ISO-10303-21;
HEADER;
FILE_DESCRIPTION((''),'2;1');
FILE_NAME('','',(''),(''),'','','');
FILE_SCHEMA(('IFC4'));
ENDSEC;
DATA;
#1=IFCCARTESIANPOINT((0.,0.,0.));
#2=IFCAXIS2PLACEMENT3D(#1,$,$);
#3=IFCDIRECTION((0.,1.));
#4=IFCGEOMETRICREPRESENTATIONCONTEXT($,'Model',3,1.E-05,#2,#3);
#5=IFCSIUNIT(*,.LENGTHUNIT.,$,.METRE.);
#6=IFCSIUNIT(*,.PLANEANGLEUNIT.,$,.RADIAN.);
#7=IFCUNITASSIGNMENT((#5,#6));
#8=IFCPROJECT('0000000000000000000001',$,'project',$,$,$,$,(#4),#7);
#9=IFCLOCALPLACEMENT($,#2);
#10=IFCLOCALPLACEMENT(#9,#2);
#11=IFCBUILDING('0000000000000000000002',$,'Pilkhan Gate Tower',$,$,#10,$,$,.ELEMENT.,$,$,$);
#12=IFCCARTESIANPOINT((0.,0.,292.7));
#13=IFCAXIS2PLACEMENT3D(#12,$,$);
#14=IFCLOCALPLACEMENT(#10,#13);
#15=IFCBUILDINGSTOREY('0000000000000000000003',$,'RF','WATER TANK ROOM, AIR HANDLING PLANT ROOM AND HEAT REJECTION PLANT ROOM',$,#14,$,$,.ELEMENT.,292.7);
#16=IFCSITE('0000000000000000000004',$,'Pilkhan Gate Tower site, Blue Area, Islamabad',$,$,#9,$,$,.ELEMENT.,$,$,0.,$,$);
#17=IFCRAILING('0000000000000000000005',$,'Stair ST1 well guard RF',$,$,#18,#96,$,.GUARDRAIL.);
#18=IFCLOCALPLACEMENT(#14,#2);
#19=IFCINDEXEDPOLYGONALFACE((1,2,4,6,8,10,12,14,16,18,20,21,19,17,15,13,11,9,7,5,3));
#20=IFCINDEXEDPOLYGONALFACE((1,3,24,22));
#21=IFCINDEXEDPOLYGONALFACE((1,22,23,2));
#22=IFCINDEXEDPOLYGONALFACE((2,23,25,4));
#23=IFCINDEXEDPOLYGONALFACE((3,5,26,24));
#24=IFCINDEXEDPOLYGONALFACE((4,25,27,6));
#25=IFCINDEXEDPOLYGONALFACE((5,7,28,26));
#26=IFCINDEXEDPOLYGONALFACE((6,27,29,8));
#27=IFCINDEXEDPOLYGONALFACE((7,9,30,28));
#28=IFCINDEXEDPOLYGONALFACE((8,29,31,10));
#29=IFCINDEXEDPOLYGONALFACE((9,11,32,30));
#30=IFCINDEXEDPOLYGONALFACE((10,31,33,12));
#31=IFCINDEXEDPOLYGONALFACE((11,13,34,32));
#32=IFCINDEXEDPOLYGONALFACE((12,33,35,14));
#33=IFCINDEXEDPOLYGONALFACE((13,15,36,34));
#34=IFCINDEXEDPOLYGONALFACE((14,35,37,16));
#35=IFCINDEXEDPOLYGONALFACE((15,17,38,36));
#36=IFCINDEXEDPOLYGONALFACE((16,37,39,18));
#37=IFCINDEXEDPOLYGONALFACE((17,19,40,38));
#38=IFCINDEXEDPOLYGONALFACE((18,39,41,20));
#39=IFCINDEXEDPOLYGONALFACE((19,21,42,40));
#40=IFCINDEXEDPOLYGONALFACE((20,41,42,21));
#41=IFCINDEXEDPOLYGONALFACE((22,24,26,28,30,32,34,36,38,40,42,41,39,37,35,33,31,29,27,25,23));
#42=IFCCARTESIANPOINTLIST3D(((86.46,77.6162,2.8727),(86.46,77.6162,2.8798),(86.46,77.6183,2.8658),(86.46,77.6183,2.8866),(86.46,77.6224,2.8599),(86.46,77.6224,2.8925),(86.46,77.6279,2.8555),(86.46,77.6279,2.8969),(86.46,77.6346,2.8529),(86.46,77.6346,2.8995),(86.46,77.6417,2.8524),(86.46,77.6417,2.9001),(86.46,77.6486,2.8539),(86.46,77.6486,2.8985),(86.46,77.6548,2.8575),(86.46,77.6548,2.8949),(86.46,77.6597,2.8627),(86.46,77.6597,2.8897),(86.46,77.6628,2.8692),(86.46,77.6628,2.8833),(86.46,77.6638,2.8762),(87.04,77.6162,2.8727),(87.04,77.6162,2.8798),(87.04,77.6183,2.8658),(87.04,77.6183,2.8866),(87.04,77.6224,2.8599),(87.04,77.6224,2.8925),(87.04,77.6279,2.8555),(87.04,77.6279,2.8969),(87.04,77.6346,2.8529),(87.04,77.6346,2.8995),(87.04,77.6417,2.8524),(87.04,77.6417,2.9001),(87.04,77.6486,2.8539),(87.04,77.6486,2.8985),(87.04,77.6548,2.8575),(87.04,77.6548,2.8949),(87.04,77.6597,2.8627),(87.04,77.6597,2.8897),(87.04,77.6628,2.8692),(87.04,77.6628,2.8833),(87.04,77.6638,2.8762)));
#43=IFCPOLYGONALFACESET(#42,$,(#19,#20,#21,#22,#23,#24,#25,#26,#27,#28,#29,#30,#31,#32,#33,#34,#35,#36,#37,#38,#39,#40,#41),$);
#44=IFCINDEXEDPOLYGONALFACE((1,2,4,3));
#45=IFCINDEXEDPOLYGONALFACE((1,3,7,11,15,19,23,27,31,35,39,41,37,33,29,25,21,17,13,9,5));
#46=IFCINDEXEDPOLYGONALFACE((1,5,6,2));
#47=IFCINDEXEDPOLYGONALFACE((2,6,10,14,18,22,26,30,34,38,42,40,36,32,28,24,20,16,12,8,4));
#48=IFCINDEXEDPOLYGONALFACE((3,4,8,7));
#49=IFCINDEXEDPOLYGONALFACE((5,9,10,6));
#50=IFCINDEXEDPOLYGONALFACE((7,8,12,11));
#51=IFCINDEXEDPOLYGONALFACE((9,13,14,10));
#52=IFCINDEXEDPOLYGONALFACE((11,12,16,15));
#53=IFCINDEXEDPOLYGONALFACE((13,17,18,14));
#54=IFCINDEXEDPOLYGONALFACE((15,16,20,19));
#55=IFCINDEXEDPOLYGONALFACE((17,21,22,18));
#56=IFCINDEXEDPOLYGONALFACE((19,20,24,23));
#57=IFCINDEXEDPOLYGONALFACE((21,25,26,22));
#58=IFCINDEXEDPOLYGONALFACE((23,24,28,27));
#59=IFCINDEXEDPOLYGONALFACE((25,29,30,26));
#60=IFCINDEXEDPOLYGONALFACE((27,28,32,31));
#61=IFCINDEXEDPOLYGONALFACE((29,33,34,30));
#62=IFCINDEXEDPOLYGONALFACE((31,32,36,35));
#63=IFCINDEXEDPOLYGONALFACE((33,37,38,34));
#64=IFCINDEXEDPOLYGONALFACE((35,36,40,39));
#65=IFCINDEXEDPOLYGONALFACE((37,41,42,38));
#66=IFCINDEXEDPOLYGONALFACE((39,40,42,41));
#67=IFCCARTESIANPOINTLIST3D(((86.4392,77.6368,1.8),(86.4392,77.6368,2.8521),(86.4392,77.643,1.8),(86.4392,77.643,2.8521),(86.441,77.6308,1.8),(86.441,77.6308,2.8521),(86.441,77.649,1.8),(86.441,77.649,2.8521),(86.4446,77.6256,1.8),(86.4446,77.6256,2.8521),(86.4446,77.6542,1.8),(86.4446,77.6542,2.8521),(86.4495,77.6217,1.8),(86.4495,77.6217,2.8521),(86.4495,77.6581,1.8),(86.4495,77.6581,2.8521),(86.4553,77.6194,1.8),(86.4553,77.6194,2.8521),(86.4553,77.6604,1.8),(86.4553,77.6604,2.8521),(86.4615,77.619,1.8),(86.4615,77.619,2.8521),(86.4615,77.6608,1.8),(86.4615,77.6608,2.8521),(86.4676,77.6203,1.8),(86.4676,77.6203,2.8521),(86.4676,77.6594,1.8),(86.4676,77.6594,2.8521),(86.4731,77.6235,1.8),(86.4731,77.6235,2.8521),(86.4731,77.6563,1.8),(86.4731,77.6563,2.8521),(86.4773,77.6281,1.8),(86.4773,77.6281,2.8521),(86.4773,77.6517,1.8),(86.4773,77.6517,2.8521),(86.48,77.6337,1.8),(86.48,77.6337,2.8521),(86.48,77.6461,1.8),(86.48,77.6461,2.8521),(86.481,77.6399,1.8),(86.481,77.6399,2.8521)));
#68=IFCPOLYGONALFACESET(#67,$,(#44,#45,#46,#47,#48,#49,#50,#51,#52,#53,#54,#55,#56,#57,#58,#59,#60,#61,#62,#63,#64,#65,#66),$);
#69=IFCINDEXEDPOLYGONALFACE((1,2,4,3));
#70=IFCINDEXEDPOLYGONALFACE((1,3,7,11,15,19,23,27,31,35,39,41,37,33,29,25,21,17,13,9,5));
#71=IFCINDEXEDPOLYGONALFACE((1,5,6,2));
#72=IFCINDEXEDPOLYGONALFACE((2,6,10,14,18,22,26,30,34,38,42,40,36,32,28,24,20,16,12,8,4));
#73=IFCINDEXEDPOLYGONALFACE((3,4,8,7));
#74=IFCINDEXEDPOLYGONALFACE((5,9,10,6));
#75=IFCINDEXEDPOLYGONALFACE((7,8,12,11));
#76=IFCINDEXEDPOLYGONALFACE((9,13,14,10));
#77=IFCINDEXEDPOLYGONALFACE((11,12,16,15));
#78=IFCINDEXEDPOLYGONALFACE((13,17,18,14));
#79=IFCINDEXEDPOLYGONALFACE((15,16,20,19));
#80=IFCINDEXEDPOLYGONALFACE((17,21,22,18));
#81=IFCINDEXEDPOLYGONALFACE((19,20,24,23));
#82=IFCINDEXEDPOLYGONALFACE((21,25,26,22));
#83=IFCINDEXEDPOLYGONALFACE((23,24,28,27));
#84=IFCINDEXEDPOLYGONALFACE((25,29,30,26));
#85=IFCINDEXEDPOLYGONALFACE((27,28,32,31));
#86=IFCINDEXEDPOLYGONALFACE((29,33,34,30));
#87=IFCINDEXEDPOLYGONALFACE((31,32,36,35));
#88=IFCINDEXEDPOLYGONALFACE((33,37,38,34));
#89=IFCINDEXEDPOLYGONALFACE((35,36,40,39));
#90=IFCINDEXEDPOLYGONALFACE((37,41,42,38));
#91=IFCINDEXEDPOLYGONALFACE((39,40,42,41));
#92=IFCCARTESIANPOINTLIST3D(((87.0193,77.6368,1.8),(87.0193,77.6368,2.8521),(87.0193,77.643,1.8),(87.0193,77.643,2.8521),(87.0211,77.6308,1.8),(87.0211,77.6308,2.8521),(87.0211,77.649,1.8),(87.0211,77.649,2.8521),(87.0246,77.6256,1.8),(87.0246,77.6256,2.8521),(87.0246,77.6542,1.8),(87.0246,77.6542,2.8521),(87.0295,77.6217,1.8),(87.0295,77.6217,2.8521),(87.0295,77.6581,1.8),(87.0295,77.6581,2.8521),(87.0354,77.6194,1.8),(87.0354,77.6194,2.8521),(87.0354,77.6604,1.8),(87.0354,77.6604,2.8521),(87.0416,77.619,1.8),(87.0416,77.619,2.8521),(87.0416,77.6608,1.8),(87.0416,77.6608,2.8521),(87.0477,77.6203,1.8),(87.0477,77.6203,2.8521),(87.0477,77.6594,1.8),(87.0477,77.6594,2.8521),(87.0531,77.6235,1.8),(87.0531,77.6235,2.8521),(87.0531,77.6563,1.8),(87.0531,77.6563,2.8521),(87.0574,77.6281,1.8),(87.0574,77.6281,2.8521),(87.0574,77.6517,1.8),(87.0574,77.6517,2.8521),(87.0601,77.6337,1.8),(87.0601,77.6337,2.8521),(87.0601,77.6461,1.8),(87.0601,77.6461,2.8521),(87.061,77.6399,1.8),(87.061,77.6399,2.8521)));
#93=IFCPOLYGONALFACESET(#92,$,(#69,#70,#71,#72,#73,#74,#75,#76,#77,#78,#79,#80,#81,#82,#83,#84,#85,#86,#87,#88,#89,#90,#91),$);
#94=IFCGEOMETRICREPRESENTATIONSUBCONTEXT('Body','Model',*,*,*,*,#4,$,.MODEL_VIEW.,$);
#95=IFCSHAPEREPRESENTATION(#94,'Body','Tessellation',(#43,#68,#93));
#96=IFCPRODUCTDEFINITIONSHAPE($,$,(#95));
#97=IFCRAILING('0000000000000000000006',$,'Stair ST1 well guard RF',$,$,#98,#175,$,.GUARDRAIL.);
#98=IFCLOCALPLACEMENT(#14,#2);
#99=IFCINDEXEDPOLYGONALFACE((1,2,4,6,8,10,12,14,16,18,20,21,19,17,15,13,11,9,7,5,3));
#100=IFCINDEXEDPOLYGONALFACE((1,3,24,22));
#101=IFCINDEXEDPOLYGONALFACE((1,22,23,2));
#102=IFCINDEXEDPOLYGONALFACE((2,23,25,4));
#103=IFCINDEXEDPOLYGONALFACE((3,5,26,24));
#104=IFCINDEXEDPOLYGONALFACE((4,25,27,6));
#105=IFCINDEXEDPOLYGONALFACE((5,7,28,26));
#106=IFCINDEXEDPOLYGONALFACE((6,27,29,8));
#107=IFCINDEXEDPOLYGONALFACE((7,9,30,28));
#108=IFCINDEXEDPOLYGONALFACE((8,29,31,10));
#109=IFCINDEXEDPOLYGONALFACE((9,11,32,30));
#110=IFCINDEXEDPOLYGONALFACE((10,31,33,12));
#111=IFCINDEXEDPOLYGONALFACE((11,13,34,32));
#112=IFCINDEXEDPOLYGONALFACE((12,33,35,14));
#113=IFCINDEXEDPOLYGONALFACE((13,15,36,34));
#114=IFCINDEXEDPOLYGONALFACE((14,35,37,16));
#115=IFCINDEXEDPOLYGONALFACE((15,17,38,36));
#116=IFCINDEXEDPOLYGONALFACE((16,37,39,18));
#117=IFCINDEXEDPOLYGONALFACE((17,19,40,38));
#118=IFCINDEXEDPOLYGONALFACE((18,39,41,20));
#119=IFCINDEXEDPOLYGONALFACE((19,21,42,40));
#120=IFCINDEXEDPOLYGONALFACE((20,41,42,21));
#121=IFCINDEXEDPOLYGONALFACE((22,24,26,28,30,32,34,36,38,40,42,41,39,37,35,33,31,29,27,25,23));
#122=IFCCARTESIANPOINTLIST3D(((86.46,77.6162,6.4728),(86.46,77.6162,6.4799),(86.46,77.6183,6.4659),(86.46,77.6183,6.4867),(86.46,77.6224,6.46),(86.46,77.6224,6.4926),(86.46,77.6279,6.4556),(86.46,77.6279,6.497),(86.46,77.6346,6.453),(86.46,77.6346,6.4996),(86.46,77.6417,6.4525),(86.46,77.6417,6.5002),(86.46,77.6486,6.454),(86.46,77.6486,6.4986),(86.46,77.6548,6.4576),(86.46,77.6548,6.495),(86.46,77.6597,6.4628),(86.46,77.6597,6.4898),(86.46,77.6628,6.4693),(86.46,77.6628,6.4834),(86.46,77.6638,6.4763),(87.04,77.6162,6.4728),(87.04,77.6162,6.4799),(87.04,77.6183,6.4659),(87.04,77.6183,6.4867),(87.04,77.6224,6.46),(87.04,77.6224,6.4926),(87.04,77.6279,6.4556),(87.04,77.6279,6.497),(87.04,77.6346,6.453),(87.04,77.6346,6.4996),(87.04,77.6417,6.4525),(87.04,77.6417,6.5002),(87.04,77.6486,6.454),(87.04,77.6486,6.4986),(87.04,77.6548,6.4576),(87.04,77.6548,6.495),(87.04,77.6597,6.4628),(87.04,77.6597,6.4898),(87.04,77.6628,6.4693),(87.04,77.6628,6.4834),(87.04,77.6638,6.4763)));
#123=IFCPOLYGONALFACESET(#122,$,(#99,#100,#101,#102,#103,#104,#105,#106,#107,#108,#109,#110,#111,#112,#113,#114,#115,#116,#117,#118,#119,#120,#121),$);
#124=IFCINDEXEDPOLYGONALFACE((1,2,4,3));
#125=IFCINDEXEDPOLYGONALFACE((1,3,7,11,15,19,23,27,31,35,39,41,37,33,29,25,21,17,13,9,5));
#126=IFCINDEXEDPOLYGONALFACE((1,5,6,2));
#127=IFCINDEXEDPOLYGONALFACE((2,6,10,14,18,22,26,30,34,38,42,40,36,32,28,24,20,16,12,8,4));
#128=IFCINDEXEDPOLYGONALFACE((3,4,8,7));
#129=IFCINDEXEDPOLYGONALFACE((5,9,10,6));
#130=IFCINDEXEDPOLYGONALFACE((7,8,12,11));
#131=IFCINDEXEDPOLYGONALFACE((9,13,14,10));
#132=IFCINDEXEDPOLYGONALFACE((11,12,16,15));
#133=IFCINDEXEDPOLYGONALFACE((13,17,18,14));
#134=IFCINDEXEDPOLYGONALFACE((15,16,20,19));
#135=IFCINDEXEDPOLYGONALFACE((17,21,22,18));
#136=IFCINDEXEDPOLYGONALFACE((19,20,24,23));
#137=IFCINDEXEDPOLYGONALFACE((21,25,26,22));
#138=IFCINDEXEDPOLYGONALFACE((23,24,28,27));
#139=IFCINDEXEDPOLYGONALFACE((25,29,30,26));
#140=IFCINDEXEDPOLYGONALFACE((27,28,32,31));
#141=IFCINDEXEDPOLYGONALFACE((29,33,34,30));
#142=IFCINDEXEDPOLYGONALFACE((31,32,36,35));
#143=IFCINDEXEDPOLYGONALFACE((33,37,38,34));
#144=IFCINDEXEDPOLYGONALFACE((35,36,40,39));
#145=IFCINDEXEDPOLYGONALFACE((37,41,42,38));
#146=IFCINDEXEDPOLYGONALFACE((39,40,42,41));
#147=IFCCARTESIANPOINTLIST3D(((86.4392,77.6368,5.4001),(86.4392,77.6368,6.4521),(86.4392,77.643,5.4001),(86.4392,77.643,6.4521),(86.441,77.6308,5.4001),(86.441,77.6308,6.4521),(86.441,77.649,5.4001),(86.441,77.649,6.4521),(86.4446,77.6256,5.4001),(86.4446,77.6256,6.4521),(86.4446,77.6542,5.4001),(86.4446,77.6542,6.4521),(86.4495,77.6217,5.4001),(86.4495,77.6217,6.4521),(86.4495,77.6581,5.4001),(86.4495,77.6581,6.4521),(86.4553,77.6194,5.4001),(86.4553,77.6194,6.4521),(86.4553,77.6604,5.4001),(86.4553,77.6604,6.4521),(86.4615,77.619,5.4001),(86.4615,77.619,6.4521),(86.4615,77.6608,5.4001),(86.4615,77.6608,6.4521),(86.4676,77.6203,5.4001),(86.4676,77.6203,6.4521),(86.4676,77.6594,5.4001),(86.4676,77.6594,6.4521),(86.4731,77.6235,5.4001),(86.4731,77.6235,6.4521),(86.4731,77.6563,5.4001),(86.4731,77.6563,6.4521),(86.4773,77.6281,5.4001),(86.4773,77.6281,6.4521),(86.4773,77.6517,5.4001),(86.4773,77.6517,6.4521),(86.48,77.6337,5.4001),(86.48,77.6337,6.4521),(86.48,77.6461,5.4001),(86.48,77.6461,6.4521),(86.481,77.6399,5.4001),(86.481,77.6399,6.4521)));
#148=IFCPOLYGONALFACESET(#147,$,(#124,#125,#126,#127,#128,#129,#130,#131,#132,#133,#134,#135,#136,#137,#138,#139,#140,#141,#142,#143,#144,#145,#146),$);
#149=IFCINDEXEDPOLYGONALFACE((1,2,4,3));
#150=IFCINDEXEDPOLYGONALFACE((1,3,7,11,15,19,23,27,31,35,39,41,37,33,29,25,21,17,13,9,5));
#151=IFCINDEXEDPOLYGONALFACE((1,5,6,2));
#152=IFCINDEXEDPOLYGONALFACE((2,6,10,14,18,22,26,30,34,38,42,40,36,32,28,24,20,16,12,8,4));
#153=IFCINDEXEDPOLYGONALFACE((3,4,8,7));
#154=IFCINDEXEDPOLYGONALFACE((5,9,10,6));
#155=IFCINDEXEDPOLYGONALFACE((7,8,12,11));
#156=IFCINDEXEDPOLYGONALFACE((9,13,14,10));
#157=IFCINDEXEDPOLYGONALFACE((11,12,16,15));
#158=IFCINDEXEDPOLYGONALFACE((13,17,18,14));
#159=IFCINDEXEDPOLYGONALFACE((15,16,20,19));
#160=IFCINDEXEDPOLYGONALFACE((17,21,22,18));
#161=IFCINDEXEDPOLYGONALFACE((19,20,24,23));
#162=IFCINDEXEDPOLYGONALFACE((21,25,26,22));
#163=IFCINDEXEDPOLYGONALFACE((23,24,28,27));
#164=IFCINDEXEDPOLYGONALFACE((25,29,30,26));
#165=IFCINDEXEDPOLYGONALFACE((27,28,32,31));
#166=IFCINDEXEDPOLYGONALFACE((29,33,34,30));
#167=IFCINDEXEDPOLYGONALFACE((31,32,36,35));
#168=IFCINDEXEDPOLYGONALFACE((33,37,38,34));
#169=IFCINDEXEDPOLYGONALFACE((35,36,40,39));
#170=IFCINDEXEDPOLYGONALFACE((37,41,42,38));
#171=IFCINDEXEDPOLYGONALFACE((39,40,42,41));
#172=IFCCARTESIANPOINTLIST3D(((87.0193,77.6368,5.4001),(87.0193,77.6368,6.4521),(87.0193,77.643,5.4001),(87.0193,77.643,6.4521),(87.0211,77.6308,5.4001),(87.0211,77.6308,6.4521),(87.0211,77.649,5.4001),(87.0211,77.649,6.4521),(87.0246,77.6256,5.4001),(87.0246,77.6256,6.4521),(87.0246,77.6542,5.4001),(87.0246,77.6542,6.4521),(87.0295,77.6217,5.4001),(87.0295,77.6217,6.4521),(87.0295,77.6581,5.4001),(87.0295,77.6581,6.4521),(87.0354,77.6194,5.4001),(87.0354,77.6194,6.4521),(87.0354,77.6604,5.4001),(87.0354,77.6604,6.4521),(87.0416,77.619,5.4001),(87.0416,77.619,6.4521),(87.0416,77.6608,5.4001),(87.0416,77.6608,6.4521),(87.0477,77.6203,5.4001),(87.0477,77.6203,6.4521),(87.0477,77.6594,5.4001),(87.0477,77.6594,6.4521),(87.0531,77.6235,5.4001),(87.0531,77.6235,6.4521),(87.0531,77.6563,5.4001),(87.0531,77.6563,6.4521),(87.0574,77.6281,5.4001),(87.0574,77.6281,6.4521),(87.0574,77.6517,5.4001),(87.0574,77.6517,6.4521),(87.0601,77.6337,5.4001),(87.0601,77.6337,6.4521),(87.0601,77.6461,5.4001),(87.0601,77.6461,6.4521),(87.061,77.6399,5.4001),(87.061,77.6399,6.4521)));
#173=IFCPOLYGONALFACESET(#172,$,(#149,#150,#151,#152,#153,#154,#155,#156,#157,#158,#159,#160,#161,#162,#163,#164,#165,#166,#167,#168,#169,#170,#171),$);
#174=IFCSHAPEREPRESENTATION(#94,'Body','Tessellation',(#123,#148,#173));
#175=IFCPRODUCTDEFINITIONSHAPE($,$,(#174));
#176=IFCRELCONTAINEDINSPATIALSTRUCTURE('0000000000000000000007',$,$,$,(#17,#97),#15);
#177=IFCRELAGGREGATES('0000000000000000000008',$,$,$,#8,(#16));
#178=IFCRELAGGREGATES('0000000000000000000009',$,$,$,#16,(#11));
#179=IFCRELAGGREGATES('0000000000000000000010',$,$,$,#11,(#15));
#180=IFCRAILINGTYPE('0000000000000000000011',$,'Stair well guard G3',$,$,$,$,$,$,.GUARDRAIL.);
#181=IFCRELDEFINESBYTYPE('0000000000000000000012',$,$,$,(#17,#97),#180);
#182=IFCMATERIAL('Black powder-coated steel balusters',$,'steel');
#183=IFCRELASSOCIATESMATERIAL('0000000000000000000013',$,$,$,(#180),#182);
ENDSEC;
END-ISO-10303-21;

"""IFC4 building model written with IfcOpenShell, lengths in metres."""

from ifc_helpers import new_model, si_unit, direction, frame, origin, origin_2d, place, context, subcontext, project, spatial, circle, extrude, material, type_object, element, save


model = new_model("IFC4")

# Units and contexts
model_context = context("Model", 3, precision=1e-05, world=origin(), true_north=direction((0.0, 1.0)))
body_context = subcontext(model_context, "Body", "Model", "MODEL_VIEW")
ifc_project = project(units=[si_unit("LENGTHUNIT", "METRE"), si_unit("PLANEANGLEUNIT", "RADIAN")], contexts=[model_context])

# Site, building, storey
site_placement = place(None, origin())
site = spatial("IfcSite", under=ifc_project, at=site_placement, Name="Pilkhan Gate Tower site, Blue Area, Islamabad", CompositionType="ELEMENT", RefElevation=0.0)
building_placement = place(site_placement, origin())
building = spatial("IfcBuilding", under=site, at=building_placement, Name="Pilkhan Gate Tower", CompositionType="ELEMENT")
storey_placement = place(building_placement, frame((0.0, 0.0, 292.7)))
storey = spatial("IfcBuildingStorey", under=building, at=storey_placement, Name="RF", Description="WATER TANK ROOM, AIR HANDLING PLANT ROOM AND HEAT REJECTION PLANT ROOM", CompositionType="ELEMENT", Elevation=292.7)

# Railings
ifc_material_1 = material(Name="Black powder-coated steel balusters", Category="steel")
railing_type_1 = type_object("IfcRailingType", Name="Stair well guard G3", PredefinedType="GUARDRAIL", material=ifc_material_1)
for number, where, name in (
    (1, (86.46, 77.6399, 1.8), "Stair ST1 well guard RF"),
    (2, (86.46, 77.6399, 5.4001), "Stair ST1 well guard RF"),
):
    element("IfcRailing", number, at=place(storey_placement, frame(where)), inside=storey, type_object=railing_type_1, Name=name, PredefinedType="GUARDRAIL", context=body_context, shape_type="SweptSolid", body=[
        extrude(circle(Radius=0.0239, at=origin_2d()), frame((0.0, 0.0, 1.0762), z_axis=(1.0, 0.0, 0.0), x_axis=(0.0, 1.0, 0.0)), (0.0, 0.0, 1.0), 0.5801),
        extrude(circle(Radius=0.021, at=origin_2d()), origin(), (0.0, 0.0, 1.0), 1.052),
        extrude(circle(Radius=0.021, at=origin_2d()), frame((0.5801, 0.0, 0.0)), (0.0, 0.0, 1.0), 1.052),
    ])

save(model, "model.ifc")
